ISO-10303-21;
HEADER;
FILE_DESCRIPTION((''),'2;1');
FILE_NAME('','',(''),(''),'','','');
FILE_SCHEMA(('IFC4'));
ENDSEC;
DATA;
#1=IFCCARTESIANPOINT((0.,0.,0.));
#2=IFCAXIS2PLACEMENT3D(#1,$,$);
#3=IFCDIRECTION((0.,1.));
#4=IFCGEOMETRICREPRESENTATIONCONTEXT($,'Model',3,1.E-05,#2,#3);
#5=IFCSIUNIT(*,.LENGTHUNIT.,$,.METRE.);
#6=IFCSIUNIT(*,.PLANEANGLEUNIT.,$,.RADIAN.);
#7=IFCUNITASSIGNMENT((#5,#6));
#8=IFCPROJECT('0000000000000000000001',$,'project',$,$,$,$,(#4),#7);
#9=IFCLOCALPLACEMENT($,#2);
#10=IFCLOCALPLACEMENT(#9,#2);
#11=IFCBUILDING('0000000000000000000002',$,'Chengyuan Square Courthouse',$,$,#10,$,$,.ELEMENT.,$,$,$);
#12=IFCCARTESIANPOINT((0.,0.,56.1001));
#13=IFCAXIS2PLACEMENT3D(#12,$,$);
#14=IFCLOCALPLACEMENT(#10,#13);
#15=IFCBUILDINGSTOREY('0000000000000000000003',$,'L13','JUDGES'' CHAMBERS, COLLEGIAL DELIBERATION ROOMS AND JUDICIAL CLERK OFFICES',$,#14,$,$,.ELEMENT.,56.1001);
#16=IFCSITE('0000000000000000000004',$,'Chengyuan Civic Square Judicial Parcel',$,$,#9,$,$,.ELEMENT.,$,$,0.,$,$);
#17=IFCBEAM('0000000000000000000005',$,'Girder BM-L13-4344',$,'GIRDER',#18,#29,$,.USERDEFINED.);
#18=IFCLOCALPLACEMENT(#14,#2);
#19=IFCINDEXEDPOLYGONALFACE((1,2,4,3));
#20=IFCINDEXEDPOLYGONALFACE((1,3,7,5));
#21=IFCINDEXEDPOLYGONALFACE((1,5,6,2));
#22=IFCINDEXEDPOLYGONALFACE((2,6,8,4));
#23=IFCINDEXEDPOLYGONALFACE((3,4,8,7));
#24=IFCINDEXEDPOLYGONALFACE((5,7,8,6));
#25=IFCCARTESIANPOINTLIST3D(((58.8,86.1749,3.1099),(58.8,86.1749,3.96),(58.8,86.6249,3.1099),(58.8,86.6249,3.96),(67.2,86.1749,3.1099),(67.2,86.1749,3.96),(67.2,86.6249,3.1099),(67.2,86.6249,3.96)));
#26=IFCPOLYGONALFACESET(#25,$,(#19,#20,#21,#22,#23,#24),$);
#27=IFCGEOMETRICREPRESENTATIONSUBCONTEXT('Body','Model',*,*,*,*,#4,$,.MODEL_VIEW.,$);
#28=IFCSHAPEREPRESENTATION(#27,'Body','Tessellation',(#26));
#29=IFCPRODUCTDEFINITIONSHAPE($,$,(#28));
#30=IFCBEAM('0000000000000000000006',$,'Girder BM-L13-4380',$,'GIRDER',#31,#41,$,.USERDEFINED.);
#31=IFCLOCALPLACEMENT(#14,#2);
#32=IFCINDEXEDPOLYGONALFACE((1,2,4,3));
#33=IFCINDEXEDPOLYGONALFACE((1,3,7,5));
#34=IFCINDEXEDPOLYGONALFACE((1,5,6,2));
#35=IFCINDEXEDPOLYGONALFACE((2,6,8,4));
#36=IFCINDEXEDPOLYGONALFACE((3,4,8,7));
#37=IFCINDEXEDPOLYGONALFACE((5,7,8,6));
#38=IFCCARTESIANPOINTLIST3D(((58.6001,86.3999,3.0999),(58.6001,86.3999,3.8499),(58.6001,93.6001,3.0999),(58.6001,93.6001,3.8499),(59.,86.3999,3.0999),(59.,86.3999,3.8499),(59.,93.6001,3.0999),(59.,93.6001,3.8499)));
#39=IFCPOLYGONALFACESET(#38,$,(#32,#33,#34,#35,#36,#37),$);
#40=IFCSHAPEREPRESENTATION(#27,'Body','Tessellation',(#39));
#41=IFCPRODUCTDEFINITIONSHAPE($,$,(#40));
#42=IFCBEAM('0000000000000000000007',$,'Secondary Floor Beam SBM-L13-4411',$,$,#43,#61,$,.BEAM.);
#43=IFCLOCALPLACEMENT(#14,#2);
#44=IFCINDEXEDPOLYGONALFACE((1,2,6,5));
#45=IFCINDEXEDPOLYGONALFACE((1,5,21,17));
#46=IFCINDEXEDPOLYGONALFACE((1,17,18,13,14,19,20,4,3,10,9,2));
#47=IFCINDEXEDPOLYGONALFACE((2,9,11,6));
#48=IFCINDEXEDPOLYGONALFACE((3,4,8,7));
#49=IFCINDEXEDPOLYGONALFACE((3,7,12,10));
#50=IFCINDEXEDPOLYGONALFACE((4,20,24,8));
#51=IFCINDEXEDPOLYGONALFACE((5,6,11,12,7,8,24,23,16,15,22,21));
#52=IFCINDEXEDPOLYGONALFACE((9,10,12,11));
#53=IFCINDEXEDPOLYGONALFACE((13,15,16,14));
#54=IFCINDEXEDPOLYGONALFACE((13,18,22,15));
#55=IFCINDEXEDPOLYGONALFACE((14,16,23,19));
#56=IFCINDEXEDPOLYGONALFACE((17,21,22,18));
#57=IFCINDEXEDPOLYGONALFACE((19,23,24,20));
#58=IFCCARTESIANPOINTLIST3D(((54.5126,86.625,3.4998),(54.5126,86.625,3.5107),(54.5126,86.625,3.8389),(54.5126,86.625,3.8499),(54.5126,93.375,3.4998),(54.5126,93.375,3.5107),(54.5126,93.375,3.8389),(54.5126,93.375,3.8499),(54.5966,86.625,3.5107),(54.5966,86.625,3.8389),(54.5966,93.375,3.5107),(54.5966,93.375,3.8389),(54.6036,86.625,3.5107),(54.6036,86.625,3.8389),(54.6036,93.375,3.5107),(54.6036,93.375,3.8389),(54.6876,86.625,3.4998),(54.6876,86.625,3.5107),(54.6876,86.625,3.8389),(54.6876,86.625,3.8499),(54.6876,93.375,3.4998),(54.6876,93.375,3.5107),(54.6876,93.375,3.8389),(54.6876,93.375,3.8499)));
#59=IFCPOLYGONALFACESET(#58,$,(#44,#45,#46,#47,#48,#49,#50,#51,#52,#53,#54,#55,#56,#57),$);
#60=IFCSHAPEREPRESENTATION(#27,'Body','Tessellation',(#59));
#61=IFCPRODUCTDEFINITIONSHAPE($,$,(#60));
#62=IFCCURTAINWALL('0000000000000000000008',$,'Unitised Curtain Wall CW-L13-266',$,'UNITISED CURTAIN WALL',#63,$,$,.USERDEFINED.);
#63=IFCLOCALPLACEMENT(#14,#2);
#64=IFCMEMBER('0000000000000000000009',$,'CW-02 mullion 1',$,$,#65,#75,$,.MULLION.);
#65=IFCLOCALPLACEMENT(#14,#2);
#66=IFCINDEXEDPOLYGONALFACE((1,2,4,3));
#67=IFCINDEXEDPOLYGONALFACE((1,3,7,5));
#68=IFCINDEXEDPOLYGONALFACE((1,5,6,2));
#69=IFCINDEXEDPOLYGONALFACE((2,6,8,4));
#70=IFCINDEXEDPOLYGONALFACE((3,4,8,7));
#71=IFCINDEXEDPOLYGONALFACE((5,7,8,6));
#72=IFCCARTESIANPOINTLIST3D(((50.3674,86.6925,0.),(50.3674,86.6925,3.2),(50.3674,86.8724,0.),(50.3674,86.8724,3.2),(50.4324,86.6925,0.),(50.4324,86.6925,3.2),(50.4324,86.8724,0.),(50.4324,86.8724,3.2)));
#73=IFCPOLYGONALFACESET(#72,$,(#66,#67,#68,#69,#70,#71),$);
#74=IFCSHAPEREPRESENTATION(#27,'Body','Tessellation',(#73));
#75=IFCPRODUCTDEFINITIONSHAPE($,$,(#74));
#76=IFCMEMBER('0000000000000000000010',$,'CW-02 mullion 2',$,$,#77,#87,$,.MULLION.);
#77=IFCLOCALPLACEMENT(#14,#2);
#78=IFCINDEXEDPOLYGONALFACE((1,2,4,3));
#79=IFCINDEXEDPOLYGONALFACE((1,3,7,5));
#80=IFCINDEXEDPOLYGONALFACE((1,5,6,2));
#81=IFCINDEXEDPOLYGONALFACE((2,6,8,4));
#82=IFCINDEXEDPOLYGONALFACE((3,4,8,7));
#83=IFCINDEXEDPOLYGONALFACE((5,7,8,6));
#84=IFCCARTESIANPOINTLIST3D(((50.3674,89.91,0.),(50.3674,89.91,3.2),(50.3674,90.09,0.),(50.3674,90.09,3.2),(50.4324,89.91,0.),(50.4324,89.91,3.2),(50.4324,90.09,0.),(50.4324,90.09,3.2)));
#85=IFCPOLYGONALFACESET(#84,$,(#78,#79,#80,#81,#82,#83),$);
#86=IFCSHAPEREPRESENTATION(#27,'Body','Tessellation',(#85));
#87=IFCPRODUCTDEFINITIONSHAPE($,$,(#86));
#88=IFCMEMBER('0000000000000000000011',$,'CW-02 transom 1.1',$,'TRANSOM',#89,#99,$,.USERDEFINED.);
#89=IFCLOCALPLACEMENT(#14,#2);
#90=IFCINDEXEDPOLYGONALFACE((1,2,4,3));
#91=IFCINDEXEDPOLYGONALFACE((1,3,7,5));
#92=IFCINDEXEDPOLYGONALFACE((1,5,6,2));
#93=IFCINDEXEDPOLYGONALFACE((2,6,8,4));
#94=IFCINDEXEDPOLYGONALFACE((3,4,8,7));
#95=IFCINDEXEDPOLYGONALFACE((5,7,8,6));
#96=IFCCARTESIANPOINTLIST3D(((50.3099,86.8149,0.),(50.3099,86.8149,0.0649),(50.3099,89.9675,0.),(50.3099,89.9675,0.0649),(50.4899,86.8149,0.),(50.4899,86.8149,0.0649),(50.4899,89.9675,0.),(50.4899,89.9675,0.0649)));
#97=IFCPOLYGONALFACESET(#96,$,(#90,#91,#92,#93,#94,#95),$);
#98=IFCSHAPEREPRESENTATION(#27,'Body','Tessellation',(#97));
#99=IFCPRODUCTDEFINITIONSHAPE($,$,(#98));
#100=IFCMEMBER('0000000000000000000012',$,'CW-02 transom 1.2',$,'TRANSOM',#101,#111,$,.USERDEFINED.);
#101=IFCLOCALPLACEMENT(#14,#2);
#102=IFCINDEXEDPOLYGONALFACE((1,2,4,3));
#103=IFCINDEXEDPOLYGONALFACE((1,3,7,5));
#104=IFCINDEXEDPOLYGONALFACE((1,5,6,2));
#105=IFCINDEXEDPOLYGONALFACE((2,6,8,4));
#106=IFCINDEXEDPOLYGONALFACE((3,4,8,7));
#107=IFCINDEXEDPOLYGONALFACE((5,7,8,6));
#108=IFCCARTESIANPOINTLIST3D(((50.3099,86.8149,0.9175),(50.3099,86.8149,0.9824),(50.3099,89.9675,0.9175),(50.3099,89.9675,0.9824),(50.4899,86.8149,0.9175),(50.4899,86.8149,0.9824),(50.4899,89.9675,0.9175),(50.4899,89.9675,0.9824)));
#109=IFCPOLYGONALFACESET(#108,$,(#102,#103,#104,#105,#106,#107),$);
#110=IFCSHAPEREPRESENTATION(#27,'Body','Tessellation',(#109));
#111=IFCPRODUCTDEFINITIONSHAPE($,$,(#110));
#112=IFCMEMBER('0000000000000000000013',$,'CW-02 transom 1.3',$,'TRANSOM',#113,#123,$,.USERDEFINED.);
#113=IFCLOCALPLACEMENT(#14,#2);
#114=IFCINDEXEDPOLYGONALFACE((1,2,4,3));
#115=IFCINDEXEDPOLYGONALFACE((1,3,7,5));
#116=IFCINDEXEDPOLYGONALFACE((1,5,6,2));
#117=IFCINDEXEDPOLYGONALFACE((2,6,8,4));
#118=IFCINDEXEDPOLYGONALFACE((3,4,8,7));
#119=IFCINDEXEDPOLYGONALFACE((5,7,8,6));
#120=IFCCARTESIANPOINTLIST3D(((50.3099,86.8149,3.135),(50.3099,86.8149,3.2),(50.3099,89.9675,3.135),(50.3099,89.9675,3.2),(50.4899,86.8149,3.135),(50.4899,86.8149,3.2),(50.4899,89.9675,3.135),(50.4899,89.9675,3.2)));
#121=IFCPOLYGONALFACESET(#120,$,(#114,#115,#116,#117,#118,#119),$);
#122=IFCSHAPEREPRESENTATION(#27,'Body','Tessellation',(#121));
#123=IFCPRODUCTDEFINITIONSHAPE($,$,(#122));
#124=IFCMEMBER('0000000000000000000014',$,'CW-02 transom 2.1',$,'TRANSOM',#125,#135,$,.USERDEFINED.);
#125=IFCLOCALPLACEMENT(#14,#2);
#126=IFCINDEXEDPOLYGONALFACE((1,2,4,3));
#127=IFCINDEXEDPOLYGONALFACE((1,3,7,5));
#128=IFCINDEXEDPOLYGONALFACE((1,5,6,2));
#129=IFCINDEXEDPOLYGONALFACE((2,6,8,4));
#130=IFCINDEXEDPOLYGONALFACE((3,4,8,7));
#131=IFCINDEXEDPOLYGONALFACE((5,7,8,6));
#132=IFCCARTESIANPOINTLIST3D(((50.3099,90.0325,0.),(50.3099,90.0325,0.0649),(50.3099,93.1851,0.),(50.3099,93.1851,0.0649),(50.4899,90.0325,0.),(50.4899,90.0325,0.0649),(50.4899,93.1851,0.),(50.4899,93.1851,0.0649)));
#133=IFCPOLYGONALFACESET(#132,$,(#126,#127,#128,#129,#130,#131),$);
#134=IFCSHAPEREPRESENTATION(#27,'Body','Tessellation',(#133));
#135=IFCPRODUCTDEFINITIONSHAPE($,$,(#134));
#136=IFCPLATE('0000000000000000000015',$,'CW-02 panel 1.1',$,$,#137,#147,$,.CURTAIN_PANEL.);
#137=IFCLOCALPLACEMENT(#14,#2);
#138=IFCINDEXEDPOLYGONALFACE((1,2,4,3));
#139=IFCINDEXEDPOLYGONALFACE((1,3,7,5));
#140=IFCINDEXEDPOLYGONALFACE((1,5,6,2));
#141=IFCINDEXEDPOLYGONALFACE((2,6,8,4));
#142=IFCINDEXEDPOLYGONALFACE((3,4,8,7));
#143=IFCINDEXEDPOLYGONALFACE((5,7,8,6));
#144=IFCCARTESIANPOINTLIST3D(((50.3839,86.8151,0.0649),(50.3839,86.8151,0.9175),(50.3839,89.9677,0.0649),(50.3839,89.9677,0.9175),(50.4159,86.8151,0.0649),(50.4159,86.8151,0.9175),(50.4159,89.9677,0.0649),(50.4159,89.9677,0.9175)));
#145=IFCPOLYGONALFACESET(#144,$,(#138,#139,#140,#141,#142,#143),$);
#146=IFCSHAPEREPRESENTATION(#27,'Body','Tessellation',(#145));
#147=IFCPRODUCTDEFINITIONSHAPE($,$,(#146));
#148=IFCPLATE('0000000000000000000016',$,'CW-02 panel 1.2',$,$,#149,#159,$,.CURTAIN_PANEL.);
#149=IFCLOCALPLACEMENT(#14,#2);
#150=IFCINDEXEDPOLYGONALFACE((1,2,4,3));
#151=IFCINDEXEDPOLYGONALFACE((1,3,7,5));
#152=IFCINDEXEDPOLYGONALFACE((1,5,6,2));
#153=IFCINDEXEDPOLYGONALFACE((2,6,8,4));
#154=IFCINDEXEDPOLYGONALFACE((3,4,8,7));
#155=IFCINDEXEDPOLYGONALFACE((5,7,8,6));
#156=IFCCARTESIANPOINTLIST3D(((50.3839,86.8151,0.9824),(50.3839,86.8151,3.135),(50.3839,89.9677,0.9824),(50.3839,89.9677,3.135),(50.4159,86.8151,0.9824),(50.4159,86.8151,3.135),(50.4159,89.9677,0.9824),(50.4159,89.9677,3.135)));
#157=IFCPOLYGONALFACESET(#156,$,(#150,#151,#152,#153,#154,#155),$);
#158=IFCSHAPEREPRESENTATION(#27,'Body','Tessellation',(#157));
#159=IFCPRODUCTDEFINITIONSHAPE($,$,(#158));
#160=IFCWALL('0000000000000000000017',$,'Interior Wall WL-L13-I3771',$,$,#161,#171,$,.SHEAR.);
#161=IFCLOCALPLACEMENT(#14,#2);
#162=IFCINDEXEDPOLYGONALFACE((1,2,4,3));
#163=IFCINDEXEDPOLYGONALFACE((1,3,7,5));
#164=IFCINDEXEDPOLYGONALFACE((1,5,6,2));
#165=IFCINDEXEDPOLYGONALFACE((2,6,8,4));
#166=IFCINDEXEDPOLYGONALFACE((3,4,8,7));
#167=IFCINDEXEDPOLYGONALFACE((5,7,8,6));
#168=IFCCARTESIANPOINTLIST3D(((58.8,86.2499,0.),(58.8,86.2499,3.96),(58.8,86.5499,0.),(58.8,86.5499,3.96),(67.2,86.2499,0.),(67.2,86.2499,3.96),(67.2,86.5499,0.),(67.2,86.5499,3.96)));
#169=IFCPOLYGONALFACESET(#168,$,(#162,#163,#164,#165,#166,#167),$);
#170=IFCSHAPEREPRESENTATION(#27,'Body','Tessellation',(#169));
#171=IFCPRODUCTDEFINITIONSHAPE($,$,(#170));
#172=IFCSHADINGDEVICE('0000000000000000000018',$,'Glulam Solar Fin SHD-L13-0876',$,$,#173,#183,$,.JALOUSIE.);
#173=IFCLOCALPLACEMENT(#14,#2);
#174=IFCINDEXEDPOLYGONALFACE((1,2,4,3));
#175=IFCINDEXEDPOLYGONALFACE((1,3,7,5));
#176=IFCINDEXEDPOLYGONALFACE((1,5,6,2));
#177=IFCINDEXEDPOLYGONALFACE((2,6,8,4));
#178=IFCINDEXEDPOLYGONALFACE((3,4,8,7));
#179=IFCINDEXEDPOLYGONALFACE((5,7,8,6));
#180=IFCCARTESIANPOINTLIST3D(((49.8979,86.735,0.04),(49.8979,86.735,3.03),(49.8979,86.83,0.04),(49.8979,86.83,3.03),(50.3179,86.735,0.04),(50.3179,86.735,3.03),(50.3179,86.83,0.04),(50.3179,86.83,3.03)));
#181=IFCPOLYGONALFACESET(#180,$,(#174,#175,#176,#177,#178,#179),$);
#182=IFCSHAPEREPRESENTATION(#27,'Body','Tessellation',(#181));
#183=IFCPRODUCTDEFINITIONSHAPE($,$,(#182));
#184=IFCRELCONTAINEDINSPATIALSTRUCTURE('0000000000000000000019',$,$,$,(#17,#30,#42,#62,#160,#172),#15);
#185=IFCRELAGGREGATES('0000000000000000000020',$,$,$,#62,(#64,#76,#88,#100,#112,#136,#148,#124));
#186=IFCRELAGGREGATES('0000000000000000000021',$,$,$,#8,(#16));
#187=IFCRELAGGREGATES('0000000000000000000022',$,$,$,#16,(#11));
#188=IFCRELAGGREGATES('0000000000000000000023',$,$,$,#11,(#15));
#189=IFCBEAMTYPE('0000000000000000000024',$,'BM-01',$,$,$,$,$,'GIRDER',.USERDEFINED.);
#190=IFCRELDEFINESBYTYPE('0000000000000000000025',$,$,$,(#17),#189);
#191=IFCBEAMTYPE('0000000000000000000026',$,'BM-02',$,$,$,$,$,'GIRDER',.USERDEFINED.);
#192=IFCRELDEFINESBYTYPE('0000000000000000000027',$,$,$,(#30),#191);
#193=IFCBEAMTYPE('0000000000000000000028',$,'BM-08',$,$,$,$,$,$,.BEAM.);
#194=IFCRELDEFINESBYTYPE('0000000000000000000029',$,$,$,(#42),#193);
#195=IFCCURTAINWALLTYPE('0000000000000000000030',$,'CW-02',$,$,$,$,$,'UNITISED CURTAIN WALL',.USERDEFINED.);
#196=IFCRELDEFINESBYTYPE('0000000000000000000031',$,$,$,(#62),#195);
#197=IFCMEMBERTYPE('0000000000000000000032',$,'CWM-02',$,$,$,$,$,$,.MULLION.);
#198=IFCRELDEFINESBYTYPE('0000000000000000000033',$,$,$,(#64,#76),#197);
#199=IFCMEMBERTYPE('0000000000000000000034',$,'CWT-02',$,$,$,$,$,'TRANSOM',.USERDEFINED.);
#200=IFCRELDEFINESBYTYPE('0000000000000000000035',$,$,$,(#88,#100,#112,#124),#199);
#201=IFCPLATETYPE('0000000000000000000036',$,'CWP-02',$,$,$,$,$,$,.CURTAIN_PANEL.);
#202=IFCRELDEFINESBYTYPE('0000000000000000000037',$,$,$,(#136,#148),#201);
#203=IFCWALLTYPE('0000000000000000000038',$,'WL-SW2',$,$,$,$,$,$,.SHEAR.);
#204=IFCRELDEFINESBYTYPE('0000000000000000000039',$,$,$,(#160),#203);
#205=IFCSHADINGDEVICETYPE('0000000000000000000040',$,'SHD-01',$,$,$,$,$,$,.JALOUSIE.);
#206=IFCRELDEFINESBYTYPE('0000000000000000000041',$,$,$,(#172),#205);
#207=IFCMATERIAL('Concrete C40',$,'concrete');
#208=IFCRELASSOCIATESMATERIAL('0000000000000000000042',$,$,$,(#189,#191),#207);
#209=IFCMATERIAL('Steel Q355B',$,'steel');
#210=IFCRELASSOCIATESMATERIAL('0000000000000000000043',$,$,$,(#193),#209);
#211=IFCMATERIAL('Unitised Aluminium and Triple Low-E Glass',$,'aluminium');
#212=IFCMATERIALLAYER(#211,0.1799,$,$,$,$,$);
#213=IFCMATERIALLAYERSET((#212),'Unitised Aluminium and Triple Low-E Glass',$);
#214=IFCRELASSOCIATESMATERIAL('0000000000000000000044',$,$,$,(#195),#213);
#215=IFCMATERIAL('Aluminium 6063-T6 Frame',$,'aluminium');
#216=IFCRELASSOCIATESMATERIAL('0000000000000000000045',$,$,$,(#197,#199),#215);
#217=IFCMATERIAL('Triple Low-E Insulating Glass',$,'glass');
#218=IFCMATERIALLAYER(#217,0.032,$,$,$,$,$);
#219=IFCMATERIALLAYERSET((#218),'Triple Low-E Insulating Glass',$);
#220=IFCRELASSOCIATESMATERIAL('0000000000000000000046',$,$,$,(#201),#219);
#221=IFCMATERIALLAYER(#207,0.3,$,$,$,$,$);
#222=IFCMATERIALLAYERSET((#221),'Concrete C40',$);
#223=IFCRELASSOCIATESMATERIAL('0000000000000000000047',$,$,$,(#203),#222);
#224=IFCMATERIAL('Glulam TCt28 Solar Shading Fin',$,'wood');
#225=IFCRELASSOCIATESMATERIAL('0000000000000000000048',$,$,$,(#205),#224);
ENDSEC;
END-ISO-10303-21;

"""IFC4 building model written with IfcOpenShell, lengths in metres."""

from ifc_helpers import new_model, si_unit, direction, frame, frame_2d, origin, origin_2d, place, context, subcontext, project, spatial, rectangle, i_section, extrude, material, layer, layer_set, material_profile, profile_set, type_object, element, aggregate, save


model = new_model("IFC4")

# Units and contexts
model_context = context("Model", 3, precision=1e-05, world=origin(), true_north=direction((0.0, 1.0)))
body_context = subcontext(model_context, "Body", "Model", "MODEL_VIEW")
ifc_project = project(units=[si_unit("LENGTHUNIT", "METRE"), si_unit("PLANEANGLEUNIT", "RADIAN")], contexts=[model_context])

# Site, building, storey
site_placement = place(None, origin())
site = spatial("IfcSite", under=ifc_project, at=site_placement, Name="Chengyuan Civic Square Judicial Parcel", CompositionType="ELEMENT", RefElevation=0.0)
building_placement = place(site_placement, origin())
building = spatial("IfcBuilding", under=site, at=building_placement, Name="Chengyuan Square Courthouse", CompositionType="ELEMENT")
storey_placement = place(building_placement, frame((0.0, 0.0, 56.1001)))
storey = spatial("IfcBuildingStorey", under=building, at=storey_placement, Name="L13", Description="JUDGES' CHAMBERS, COLLEGIAL DELIBERATION ROOMS AND JUDICIAL CLERK OFFICES", CompositionType="ELEMENT", Elevation=56.1001)

# Beams
ifc_material_1 = material(Name="Concrete C40", Category="concrete")
ifc_material_profile_1 = material_profile(ifc_material_1, rectangle(XDim=0.45, YDim=0.8501, at=origin_2d()), Name="RC-BM-450x850")
ifc_profile_set_1 = profile_set([ifc_material_profile_1], Name="Concrete C40")
beam_type_1 = type_object("IfcBeamType", Name="BM-01", ElementType="GIRDER", PredefinedType="USERDEFINED", material=ifc_profile_set_1)
beam_1_placement = place(storey_placement, frame((58.8, 86.3999, 3.5349), z_axis=(1.0, 0.0, 0.0), x_axis=(0.0, 1.0, 0.0)))
element("IfcBeam", 1, at=beam_1_placement, inside=storey, type_object=beam_type_1, Name="Girder BM-L13-4344", ObjectType="GIRDER", PredefinedType="USERDEFINED", context=body_context, shape_type="SweptSolid", body=[
    extrude(rectangle(XDim=0.45, YDim=0.8501, at=origin_2d()), origin(), (0.0, 0.0, 1.0), 8.3999),
])
ifc_material_profile_2 = material_profile(ifc_material_1, rectangle(XDim=0.3999, YDim=0.75, at=origin_2d()), Name="RC-BM-400x750")
ifc_profile_set_2 = profile_set([ifc_material_profile_2], Name="Concrete C40")
beam_type_2 = type_object("IfcBeamType", Name="BM-02", ElementType="GIRDER", PredefinedType="USERDEFINED", material=ifc_profile_set_2)
beam_2_placement = place(storey_placement, frame((58.8, 86.3999, 3.4749), z_axis=(0.0, 1.0, 0.0), x_axis=(-1.0, 0.0, 0.0)))
element("IfcBeam", 2, at=beam_2_placement, inside=storey, type_object=beam_type_2, Name="Girder BM-L13-4380", ObjectType="GIRDER", PredefinedType="USERDEFINED", context=body_context, shape_type="SweptSolid", body=[
    extrude(rectangle(XDim=0.3999, YDim=0.75, at=origin_2d()), origin(), (0.0, 0.0, 1.0), 7.2002),
])
ifc_material_2 = material(Name="Steel Q355B", Category="steel")
ifc_material_profile_3 = material_profile(ifc_material_2, i_section(OverallWidth=0.175, OverallDepth=0.3501, WebThickness=0.0071, FlangeThickness=0.011, at=origin_2d()), Name="HN 350x175x7x11")
ifc_profile_set_3 = profile_set([ifc_material_profile_3], Name="Steel Q355B")
beam_type_3 = type_object("IfcBeamType", Name="BM-08", PredefinedType="BEAM", material=ifc_profile_set_3)
beam_3_placement = place(storey_placement, frame((54.6001, 86.625, 3.6748), z_axis=(0.0, 1.0, 0.0), x_axis=(-1.0, 0.0, 0.0)))
element("IfcBeam", 3, at=beam_3_placement, inside=storey, type_object=beam_type_3, Name="Secondary Floor Beam SBM-L13-4411", PredefinedType="BEAM", context=body_context, shape_type="SweptSolid", body=[
    extrude(i_section(OverallWidth=0.175, OverallDepth=0.3501, WebThickness=0.0071, FlangeThickness=0.011, at=origin_2d()), origin(), (0.0, 0.0, 1.0), 6.75),
])

# Curtain wall, members, plates
ifc_material_3 = material(Name="Unitised Aluminium and Triple Low-E Glass", Category="aluminium")
ifc_layer_1 = layer(ifc_material_3, 0.1799)
ifc_layer_set_1 = layer_set([ifc_layer_1], Name="Unitised Aluminium and Triple Low-E Glass")
curtain_wall_type = type_object("IfcCurtainWallType", Name="CW-02", ElementType="UNITISED CURTAIN WALL", PredefinedType="USERDEFINED", material=ifc_layer_set_1)
curtain_wall_placement = place(storey_placement, origin())
curtain_wall = element("IfcCurtainWall", 4, at=curtain_wall_placement, inside=storey, type_object=curtain_wall_type, Name="Unitised Curtain Wall CW-L13-266", ObjectType="UNITISED CURTAIN WALL", PredefinedType="USERDEFINED")
ifc_material_4 = material(Name="Aluminium 6063-T6 Frame", Category="aluminium")
ifc_material_profile_4 = material_profile(ifc_material_4, rectangle(XDim=0.0649, YDim=0.1799, at=origin_2d()), Name="CW-MUL-65x180")
ifc_profile_set_4 = profile_set([ifc_material_profile_4], Name="Aluminium 6063-T6 Frame")
member_type_1 = type_object("IfcMemberType", Name="CWM-02", PredefinedType="MULLION", material=ifc_profile_set_4)
member_1_placement = place(storey_placement, frame((50.3999, 86.7825, 0.0), z_axis=(0.0, 0.0, 1.0), x_axis=(-1.0, 0.0, 0.0)))
member_1 = element("IfcMember", 5, at=member_1_placement, type_object=member_type_1, Name="CW-02 mullion 1", PredefinedType="MULLION", context=body_context, shape_type="SweptSolid", body=[
    extrude(rectangle(XDim=0.0649, YDim=0.1799, at=origin_2d()), origin(), (0.0, 0.0, 1.0), 3.2),
])
member_2_placement = place(storey_placement, frame((50.3999, 90.0, 0.0), z_axis=(0.0, 0.0, 1.0), x_axis=(-1.0, 0.0, 0.0)))
member_2 = element("IfcMember", 6, at=member_2_placement, type_object=member_type_1, Name="CW-02 mullion 2", PredefinedType="MULLION", context=body_context, shape_type="SweptSolid", body=[
    extrude(rectangle(XDim=0.0649, YDim=0.1799, at=origin_2d()), origin(), (0.0, 0.0, 1.0), 3.2),
])
ifc_material_profile_5 = material_profile(ifc_material_4, rectangle(XDim=0.1799, YDim=0.0649, at=origin_2d()), Name="CW-TRN-65x140")
ifc_profile_set_5 = profile_set([ifc_material_profile_5], Name="Aluminium 6063-T6 Frame")
member_type_2 = type_object("IfcMemberType", Name="CWT-02", ElementType="TRANSOM", PredefinedType="USERDEFINED", material=ifc_profile_set_5)
member_3_placement = place(storey_placement, frame((50.3999, 86.8149, 0.0325), z_axis=(0.0, 1.0, 0.0), x_axis=(-1.0, 0.0, 0.0)))
member_3 = element("IfcMember", 7, at=member_3_placement, type_object=member_type_2, Name="CW-02 transom 1.1", ObjectType="TRANSOM", PredefinedType="USERDEFINED", context=body_context, shape_type="SweptSolid", body=[
    extrude(rectangle(XDim=0.1799, YDim=0.0649, at=origin_2d()), origin(), (0.0, 0.0, 1.0), 3.1526),
])
member_4_placement = place(storey_placement, frame((50.3999, 86.8149, 0.95), z_axis=(0.0, 1.0, 0.0), x_axis=(-1.0, 0.0, 0.0)))
member_4 = element("IfcMember", 8, at=member_4_placement, type_object=member_type_2, Name="CW-02 transom 1.2", ObjectType="TRANSOM", PredefinedType="USERDEFINED", context=body_context, shape_type="SweptSolid", body=[
    extrude(rectangle(XDim=0.1799, YDim=0.0649, at=origin_2d()), origin(), (0.0, 0.0, 1.0), 3.1526),
])
member_5_placement = place(storey_placement, frame((50.3999, 86.8149, 3.1675), z_axis=(0.0, 1.0, 0.0), x_axis=(-1.0, 0.0, 0.0)))
member_5 = element("IfcMember", 9, at=member_5_placement, type_object=member_type_2, Name="CW-02 transom 1.3", ObjectType="TRANSOM", PredefinedType="USERDEFINED", context=body_context, shape_type="SweptSolid", body=[
    extrude(rectangle(XDim=0.1799, YDim=0.0649, at=origin_2d()), origin(), (0.0, 0.0, 1.0), 3.1526),
])
member_6_placement = place(storey_placement, frame((50.3999, 90.0325, 0.0325), z_axis=(0.0, 1.0, 0.0), x_axis=(-1.0, 0.0, 0.0)))
member_6 = element("IfcMember", 10, at=member_6_placement, type_object=member_type_2, Name="CW-02 transom 2.1", ObjectType="TRANSOM", PredefinedType="USERDEFINED", context=body_context, shape_type="SweptSolid", body=[
    extrude(rectangle(XDim=0.1799, YDim=0.0649, at=origin_2d()), origin(), (0.0, 0.0, 1.0), 3.1526),
])
ifc_material_5 = material(Name="Triple Low-E Insulating Glass", Category="glass")
ifc_layer_2 = layer(ifc_material_5, 0.032)
ifc_layer_set_2 = layer_set([ifc_layer_2], Name="Triple Low-E Insulating Glass")
plate_type = type_object("IfcPlateType", Name="CWP-02", PredefinedType="CURTAIN_PANEL", material=ifc_layer_set_2)
plate_1_placement = place(storey_placement, frame((50.3999, 88.3914, 0.0649), z_axis=(0.0, 0.0, 1.0), x_axis=(0.0, 1.0, 0.0)))
plate_1 = element("IfcPlate", 11, at=plate_1_placement, type_object=plate_type, Name="CW-02 panel 1.1", PredefinedType="CURTAIN_PANEL", context=body_context, shape_type="SweptSolid", body=[
    extrude(rectangle(XDim=3.1526, YDim=0.032, at=origin_2d()), origin(), (0.0, 0.0, 1.0), 0.8525),
])
plate_2_placement = place(storey_placement, frame((50.3999, 88.3914, 0.9824), z_axis=(0.0, 0.0, 1.0), x_axis=(0.0, 1.0, 0.0)))
plate_2 = element("IfcPlate", 12, at=plate_2_placement, type_object=plate_type, Name="CW-02 panel 1.2", PredefinedType="CURTAIN_PANEL", context=body_context, shape_type="SweptSolid", body=[
    extrude(rectangle(XDim=3.1526, YDim=0.032, at=origin_2d()), origin(), (0.0, 0.0, 1.0), 2.1526),
])
aggregate(curtain_wall, [member_1, member_2, member_3, member_4, member_5, plate_1, plate_2, member_6])

# Wall
ifc_layer_3 = layer(ifc_material_1, 0.3)
ifc_layer_set_3 = layer_set([ifc_layer_3], Name="Concrete C40")
wall_type = type_object("IfcWallType", Name="WL-SW2", PredefinedType="SHEAR", material=ifc_layer_set_3)
wall_placement = place(storey_placement, frame((58.8, 86.3999, 0.0), z_axis=(0.0, 0.0, 1.0), x_axis=(1.0, 0.0, 0.0)))
element("IfcWall", 13, at=wall_placement, inside=storey, type_object=wall_type, Name="Interior Wall WL-L13-I3771", PredefinedType="SHEAR", context=body_context, shape_type="SweptSolid", body=[
    extrude(rectangle(XDim=8.3999, YDim=0.3, at=frame_2d((4.2, 0.0))), origin(), (0.0, 0.0, 1.0), 3.96),
])

# Shading device
ifc_material_6 = material(Name="Glulam TCt28 Solar Shading Fin", Category="wood")
shading_device_type_1 = type_object("IfcShadingDeviceType", Name="SHD-01", PredefinedType="JALOUSIE", material=ifc_material_6)
shading_device_1_placement = place(storey_placement, frame((50.1079, 86.7825, 0.04), z_axis=(0.0, 0.0, 1.0), x_axis=(1.0, 0.0, 0.0)))
element("IfcShadingDevice", 14, at=shading_device_1_placement, inside=storey, type_object=shading_device_type_1, Name="Glulam Solar Fin SHD-L13-0876", PredefinedType="JALOUSIE", context=body_context, shape_type="SweptSolid", body=[
    extrude(rectangle(XDim=0.4199, YDim=0.095, at=origin_2d()), origin(), (0.0, 0.0, 1.0), 2.99),
])

save(model, "model.ifc")
